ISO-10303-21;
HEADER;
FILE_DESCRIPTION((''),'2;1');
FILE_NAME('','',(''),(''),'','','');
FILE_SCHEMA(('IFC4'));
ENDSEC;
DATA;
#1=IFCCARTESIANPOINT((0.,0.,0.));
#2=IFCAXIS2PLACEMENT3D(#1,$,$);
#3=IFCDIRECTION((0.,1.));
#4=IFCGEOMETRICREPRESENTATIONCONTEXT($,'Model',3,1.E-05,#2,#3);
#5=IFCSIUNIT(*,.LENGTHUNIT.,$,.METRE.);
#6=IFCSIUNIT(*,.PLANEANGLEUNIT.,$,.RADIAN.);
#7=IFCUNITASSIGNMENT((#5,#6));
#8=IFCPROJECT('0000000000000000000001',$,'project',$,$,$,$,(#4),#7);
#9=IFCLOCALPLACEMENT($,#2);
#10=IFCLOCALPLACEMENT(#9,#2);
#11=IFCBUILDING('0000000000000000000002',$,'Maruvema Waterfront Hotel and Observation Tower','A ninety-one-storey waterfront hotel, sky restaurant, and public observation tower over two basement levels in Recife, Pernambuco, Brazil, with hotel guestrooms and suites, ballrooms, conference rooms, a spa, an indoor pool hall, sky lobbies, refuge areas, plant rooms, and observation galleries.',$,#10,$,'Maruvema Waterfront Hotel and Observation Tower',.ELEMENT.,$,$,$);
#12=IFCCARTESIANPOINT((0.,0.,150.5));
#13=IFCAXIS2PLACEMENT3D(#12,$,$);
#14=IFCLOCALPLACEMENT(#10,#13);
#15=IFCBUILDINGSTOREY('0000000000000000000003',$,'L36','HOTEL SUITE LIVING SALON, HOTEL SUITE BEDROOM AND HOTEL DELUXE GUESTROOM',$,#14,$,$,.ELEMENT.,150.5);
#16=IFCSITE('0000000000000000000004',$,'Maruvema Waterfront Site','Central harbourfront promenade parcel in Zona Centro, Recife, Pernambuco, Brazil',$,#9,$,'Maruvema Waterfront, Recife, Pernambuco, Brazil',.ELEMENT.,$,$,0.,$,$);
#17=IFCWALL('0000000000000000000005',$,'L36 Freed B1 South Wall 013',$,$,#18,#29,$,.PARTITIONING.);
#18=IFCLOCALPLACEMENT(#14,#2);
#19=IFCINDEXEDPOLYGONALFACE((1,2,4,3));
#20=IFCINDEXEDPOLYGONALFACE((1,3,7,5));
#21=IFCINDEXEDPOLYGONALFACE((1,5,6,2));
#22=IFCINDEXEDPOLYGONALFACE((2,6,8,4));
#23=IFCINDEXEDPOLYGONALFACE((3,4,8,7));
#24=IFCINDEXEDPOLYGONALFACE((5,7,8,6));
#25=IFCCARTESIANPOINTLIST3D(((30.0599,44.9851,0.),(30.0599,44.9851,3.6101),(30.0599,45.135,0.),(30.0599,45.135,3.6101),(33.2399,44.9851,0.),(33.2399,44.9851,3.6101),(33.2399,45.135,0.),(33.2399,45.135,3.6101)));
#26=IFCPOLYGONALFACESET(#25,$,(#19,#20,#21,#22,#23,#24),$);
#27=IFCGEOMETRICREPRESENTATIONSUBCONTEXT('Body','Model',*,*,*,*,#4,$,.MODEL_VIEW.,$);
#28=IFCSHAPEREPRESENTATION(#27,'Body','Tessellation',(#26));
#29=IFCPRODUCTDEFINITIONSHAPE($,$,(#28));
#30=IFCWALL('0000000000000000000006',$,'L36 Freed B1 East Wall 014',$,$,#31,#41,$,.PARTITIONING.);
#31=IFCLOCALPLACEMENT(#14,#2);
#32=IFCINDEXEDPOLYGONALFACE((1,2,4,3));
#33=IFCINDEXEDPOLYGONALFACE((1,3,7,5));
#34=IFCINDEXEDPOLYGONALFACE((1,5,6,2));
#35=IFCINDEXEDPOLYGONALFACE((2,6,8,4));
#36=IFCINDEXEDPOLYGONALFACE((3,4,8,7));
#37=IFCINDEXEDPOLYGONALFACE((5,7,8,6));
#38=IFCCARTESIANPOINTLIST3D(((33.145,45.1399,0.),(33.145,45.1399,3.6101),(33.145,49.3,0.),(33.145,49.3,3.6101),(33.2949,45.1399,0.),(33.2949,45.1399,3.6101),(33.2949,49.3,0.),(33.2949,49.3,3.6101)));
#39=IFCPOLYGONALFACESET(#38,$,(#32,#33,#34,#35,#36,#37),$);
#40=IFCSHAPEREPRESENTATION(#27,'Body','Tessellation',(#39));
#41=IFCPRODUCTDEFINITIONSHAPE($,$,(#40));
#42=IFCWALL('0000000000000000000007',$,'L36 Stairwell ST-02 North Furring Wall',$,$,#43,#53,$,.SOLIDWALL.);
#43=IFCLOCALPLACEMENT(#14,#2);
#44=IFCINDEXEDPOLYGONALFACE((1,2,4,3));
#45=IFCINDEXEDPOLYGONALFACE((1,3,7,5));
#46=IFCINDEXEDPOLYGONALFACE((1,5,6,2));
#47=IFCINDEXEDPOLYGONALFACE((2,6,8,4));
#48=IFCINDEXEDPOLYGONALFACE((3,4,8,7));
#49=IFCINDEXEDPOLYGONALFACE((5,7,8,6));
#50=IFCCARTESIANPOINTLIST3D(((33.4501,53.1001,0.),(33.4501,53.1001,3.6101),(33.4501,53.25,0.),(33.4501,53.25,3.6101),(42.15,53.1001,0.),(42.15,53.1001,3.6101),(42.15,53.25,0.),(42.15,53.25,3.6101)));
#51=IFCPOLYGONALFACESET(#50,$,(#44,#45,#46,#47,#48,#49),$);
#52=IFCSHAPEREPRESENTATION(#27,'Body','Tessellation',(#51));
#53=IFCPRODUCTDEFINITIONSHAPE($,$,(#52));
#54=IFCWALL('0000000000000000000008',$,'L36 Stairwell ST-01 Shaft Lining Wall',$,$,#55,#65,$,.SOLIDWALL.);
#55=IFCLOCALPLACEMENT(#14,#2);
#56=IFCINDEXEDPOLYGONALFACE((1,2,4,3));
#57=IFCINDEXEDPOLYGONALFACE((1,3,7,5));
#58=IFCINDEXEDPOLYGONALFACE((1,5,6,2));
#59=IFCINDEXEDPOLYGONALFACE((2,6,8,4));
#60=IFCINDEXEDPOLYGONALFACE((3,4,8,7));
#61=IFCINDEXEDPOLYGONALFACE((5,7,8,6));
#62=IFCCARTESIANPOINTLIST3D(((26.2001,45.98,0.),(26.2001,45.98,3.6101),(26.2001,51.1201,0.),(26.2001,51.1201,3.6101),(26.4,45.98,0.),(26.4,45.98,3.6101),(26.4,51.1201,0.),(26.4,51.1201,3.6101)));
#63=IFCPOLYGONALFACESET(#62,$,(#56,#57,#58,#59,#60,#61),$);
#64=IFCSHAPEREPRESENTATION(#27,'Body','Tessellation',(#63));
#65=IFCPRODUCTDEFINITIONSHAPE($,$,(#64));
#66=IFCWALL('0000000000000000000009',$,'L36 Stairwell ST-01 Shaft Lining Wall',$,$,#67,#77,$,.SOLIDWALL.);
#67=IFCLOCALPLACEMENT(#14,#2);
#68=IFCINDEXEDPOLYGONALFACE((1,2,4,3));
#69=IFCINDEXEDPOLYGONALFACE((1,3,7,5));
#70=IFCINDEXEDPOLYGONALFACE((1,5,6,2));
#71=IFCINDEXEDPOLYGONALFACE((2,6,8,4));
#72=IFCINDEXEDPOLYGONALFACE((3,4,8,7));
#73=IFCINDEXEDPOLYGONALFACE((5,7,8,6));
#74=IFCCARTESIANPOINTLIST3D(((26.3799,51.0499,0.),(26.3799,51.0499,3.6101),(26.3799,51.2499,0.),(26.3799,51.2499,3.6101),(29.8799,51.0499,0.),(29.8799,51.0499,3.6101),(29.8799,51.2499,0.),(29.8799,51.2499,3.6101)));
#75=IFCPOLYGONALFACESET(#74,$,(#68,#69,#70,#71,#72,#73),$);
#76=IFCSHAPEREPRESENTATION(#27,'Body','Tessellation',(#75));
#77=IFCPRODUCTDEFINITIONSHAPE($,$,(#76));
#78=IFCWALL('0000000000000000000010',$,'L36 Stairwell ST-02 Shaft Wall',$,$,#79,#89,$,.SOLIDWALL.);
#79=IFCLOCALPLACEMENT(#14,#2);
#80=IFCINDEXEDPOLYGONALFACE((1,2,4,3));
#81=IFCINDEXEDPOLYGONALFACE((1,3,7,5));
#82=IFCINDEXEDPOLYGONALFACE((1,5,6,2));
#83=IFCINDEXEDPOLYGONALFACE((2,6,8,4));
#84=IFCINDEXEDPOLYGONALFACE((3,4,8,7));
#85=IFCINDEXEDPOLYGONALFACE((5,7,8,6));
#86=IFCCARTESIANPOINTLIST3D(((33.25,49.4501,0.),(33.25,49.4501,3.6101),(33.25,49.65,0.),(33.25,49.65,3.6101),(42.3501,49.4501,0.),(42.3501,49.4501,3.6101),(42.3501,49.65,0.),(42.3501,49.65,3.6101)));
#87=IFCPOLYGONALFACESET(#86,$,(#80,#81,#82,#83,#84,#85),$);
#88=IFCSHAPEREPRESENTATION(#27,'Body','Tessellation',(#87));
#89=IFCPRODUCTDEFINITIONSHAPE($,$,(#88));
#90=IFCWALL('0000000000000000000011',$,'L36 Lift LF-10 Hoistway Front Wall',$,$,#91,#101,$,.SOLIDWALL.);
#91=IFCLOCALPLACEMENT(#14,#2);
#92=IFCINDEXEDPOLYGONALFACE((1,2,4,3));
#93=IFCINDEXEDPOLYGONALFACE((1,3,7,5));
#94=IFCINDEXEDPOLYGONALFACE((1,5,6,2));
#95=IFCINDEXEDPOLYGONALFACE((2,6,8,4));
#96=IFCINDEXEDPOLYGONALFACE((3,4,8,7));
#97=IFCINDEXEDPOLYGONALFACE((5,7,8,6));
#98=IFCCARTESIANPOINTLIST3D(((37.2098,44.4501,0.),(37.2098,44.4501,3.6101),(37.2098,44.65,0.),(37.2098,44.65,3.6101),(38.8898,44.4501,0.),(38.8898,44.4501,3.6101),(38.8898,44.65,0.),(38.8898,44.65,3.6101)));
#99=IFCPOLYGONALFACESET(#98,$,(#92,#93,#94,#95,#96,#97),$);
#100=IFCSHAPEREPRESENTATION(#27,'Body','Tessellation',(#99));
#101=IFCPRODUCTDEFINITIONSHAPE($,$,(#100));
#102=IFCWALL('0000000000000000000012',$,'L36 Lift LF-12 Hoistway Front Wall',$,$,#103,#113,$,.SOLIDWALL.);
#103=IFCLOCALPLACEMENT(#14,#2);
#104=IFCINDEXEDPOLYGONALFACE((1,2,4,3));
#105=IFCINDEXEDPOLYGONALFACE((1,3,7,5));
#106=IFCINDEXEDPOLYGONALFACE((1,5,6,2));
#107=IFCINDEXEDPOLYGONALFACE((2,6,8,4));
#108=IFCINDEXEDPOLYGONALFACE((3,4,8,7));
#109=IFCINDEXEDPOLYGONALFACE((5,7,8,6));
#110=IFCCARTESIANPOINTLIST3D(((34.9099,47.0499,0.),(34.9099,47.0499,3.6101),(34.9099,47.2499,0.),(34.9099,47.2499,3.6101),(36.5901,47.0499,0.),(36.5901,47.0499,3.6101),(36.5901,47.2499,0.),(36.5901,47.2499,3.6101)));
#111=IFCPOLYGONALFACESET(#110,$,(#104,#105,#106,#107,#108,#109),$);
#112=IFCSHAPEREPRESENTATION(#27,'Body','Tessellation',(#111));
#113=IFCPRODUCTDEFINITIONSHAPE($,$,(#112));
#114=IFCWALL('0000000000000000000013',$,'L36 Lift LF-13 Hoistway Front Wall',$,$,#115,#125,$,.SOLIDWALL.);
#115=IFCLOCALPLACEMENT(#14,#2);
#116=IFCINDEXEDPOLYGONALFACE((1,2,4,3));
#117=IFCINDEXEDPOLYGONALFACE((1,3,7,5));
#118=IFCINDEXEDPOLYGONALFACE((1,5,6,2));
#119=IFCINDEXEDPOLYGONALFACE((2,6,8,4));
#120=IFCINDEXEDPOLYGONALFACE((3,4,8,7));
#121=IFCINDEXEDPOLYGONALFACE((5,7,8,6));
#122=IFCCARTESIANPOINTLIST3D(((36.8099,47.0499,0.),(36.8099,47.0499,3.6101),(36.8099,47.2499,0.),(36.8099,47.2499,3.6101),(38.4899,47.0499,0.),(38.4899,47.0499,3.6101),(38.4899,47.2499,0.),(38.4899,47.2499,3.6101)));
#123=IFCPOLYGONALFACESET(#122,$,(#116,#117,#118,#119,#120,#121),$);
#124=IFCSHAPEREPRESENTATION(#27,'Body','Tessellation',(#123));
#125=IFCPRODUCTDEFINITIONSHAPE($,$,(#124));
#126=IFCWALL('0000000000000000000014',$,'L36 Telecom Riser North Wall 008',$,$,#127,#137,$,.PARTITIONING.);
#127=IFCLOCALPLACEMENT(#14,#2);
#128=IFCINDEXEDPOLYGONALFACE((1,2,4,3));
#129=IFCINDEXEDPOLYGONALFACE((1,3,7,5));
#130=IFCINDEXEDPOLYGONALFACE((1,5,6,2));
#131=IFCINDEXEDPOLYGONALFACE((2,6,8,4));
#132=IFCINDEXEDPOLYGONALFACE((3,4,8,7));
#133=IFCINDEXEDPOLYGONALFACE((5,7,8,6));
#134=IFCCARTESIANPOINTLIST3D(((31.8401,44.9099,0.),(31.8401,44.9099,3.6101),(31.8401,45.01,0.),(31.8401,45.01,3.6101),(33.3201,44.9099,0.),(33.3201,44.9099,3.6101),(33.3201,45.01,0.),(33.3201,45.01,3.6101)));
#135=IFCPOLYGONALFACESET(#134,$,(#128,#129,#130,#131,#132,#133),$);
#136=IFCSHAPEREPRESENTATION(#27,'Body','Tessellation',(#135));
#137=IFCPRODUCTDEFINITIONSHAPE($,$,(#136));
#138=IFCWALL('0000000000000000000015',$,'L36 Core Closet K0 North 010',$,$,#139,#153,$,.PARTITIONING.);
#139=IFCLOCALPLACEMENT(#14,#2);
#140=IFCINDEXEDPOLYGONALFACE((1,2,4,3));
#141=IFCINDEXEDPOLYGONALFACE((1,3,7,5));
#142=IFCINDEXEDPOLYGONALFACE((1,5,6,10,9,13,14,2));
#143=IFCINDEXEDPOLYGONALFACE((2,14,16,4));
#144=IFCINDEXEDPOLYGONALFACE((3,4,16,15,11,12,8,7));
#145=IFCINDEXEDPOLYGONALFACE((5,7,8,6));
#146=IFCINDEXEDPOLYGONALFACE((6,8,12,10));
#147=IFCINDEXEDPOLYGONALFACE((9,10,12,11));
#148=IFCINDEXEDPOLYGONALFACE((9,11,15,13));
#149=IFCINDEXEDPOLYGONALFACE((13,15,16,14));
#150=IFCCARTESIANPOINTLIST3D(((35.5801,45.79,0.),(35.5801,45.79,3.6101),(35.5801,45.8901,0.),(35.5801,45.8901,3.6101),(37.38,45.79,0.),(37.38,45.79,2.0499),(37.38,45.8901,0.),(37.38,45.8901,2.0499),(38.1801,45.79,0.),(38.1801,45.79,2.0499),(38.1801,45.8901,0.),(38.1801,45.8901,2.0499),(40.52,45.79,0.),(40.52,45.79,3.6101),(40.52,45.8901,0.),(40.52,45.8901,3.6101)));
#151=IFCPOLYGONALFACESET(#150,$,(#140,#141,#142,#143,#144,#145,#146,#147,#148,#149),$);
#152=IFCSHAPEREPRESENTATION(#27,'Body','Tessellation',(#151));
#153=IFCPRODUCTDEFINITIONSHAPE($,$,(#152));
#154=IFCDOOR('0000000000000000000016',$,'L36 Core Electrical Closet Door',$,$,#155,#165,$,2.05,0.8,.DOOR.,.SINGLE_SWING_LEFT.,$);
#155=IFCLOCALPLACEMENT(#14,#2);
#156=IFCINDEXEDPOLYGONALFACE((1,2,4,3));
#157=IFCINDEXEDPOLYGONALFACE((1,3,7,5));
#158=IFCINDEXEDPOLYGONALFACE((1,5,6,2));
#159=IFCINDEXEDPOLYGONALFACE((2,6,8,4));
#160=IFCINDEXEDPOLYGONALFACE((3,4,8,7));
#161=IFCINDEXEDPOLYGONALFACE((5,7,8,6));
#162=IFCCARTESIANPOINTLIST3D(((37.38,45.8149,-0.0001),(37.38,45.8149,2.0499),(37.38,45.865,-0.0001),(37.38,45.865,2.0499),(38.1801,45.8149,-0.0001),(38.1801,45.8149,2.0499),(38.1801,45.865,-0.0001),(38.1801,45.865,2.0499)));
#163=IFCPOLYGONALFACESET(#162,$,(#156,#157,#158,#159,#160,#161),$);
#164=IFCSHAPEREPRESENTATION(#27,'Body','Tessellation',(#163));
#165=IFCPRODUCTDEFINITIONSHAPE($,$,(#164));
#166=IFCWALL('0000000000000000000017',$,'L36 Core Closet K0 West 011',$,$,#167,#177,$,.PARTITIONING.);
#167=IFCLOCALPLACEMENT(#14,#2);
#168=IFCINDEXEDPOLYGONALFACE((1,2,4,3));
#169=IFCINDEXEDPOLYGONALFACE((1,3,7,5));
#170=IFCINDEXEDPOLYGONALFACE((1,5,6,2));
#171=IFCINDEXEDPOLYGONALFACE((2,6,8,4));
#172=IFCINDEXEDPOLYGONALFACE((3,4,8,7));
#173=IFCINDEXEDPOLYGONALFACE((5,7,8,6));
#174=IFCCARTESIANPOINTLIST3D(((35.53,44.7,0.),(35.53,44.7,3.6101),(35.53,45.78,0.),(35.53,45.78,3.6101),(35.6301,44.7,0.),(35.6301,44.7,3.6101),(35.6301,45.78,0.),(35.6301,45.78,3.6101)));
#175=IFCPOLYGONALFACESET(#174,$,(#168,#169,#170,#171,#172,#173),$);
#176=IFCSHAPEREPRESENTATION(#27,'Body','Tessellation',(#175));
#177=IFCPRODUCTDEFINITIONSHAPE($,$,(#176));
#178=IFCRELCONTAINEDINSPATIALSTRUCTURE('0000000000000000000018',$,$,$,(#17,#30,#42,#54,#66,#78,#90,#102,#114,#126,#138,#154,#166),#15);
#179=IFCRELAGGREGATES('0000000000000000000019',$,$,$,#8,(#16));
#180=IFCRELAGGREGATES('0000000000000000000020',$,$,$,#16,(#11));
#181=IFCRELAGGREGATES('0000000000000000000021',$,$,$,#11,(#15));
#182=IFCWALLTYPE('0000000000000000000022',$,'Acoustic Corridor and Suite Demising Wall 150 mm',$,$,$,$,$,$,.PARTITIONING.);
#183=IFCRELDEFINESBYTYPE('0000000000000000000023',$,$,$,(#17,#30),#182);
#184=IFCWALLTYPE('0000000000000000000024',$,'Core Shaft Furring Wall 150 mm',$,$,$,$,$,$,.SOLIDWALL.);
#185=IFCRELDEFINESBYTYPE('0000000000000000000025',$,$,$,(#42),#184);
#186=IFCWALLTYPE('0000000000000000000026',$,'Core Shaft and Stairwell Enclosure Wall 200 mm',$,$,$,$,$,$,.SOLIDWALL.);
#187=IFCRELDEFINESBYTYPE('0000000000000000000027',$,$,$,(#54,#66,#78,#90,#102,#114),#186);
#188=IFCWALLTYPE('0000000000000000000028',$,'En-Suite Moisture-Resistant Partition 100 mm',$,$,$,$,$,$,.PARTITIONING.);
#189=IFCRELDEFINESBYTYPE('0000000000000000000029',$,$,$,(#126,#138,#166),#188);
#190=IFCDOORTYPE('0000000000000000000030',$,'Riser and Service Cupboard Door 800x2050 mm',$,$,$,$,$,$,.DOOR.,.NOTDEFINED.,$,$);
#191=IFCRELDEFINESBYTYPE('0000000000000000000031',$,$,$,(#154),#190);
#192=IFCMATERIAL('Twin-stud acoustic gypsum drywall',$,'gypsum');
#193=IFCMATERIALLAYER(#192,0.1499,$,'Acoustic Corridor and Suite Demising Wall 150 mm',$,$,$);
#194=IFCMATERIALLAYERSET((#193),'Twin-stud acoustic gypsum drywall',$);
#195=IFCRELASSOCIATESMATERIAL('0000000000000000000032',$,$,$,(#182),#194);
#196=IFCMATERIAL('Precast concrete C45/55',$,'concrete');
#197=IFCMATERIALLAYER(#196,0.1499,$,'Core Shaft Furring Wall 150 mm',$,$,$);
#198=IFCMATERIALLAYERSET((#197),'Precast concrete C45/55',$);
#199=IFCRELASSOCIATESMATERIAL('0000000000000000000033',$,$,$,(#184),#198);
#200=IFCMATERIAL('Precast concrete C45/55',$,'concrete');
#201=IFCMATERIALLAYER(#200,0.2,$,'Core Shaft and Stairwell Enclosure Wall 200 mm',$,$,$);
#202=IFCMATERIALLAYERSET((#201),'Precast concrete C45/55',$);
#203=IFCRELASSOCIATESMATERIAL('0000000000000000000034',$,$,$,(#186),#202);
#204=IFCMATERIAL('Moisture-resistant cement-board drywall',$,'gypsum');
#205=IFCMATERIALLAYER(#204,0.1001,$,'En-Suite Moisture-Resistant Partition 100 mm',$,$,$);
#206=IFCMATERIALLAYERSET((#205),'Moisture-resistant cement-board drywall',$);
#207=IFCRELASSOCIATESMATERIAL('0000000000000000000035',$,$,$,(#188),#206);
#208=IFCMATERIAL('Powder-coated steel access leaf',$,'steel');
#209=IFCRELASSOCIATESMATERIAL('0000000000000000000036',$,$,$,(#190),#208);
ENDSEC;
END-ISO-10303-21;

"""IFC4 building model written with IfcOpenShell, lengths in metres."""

from ifc_helpers import new_model, si_unit, direction, frame, frame_2d, origin, place, context, subcontext, project, spatial, rectangle, extrude, material, layer, layer_set, type_object, element, fill, save


model = new_model("IFC4")

# Units and contexts
model_context = context("Model", 3, precision=1e-05, world=origin(), true_north=direction((0.0, 1.0)))
body_context = subcontext(model_context, "Body", "Model", "MODEL_VIEW")
ifc_project = project(units=[si_unit("LENGTHUNIT", "METRE"), si_unit("PLANEANGLEUNIT", "RADIAN")], contexts=[model_context])

# Site, building, storey
site_placement = place(None, origin())
site = spatial("IfcSite", under=ifc_project, at=site_placement, Name="Maruvema Waterfront Site", Description="Central harbourfront promenade parcel in Zona Centro, Recife, Pernambuco, Brazil", LongName="Maruvema Waterfront, Recife, Pernambuco, Brazil", CompositionType="ELEMENT", RefElevation=0.0)
building_placement = place(site_placement, origin())
building = spatial("IfcBuilding", under=site, at=building_placement, Name="Maruvema Waterfront Hotel and Observation Tower", Description="A ninety-one-storey waterfront hotel, sky restaurant, and public observation tower over two basement levels in Recife, Pernambuco, Brazil, with hotel guestrooms and suites, ballrooms, conference rooms, a spa, an indoor pool hall, sky lobbies, refuge areas, plant rooms, and observation galleries.", LongName="Maruvema Waterfront Hotel and Observation Tower", CompositionType="ELEMENT")
storey_placement = place(building_placement, frame((0.0, 0.0, 150.5)))
storey = spatial("IfcBuildingStorey", under=building, at=storey_placement, Name="L36", Description="HOTEL SUITE LIVING SALON, HOTEL SUITE BEDROOM AND HOTEL DELUXE GUESTROOM", CompositionType="ELEMENT", Elevation=150.5)

# Walls
ifc_material_1 = material(Name="Twin-stud acoustic gypsum drywall", Category="gypsum")
ifc_layer_1 = layer(ifc_material_1, 0.1499, Name="Acoustic Corridor and Suite Demising Wall 150 mm")
ifc_layer_set_1 = layer_set([ifc_layer_1], Name="Twin-stud acoustic gypsum drywall")
wall_type_1 = type_object("IfcWallType", Name="Acoustic Corridor and Suite Demising Wall 150 mm", PredefinedType="PARTITIONING", material=ifc_layer_set_1)
wall_1_placement = place(storey_placement, frame((30.0601, 45.0601, 0.0), z_axis=(0.0, 0.0, 1.0), x_axis=(1.0, 0.0, 0.0)))
element("IfcWall", 1, at=wall_1_placement, inside=storey, type_object=wall_type_1, Name="L36 Freed B1 South Wall 013", PredefinedType="PARTITIONING", context=body_context, shape_type="SweptSolid", body=[
    extrude(rectangle(XDim=3.1799, YDim=0.1499, at=frame_2d((1.5898, 0.0))), origin(), (0.0, 0.0, 1.0), 3.6101),
])
wall_2_placement = place(storey_placement, frame((33.22, 45.1399, 0.0), z_axis=(0.0, 0.0, 1.0), x_axis=(0.0, 1.0, 0.0)))
element("IfcWall", 2, at=wall_2_placement, inside=storey, type_object=wall_type_1, Name="L36 Freed B1 East Wall 014", PredefinedType="PARTITIONING", context=body_context, shape_type="SweptSolid", body=[
    extrude(rectangle(XDim=4.1602, YDim=0.1499, at=frame_2d((2.0801, 0.0))), origin(), (0.0, 0.0, 1.0), 3.6101),
])
ifc_material_2 = material(Name="Precast concrete C45/55", Category="concrete")
ifc_layer_2 = layer(ifc_material_2, 0.1499, Name="Core Shaft Furring Wall 150 mm")
ifc_layer_set_2 = layer_set([ifc_layer_2], Name="Precast concrete C45/55")
wall_type_2 = type_object("IfcWallType", Name="Core Shaft Furring Wall 150 mm", PredefinedType="SOLIDWALL", material=ifc_layer_set_2)
wall_3_placement = place(storey_placement, frame((33.45, 53.175, 0.0), z_axis=(0.0, 0.0, 1.0), x_axis=(1.0, 0.0, 0.0)))
element("IfcWall", 3, at=wall_3_placement, inside=storey, type_object=wall_type_2, Name="L36 Stairwell ST-02 North Furring Wall", PredefinedType="SOLIDWALL", context=body_context, shape_type="SweptSolid", body=[
    extrude(rectangle(XDim=8.7, YDim=0.1499, at=frame_2d((4.3501, 0.0))), origin(), (0.0, 0.0, 1.0), 3.6101),
])
ifc_material_3 = material(Name="Precast concrete C45/55", Category="concrete")
ifc_layer_3 = layer(ifc_material_3, 0.2, Name="Core Shaft and Stairwell Enclosure Wall 200 mm")
ifc_layer_set_3 = layer_set([ifc_layer_3], Name="Precast concrete C45/55")
wall_type_3 = type_object("IfcWallType", Name="Core Shaft and Stairwell Enclosure Wall 200 mm", PredefinedType="SOLIDWALL", material=ifc_layer_set_3)
wall_4_placement = place(storey_placement, frame((26.3, 45.98, 0.0), z_axis=(0.0, 0.0, 1.0), x_axis=(0.0, 1.0, 0.0)))
element("IfcWall", 4, at=wall_4_placement, inside=storey, type_object=wall_type_3, Name="L36 Stairwell ST-01 Shaft Lining Wall", PredefinedType="SOLIDWALL", context=body_context, shape_type="SweptSolid", body=[
    extrude(rectangle(XDim=5.1401, YDim=0.2, at=frame_2d((2.5701, 0.0))), origin(), (0.0, 0.0, 1.0), 3.6101),
])
wall_5_placement = place(storey_placement, frame((26.3799, 51.1499, 0.0), z_axis=(0.0, 0.0, 1.0), x_axis=(1.0, 0.0, 0.0)))
element("IfcWall", 5, at=wall_5_placement, inside=storey, type_object=wall_type_3, Name="L36 Stairwell ST-01 Shaft Lining Wall", PredefinedType="SOLIDWALL", context=body_context, shape_type="SweptSolid", body=[
    extrude(rectangle(XDim=3.5, YDim=0.2, at=frame_2d((1.75, 0.0))), origin(), (0.0, 0.0, 1.0), 3.6101),
])
wall_6_placement = place(storey_placement, frame((33.25, 49.55, 0.0), z_axis=(0.0, 0.0, 1.0), x_axis=(1.0, 0.0, 0.0)))
element("IfcWall", 6, at=wall_6_placement, inside=storey, type_object=wall_type_3, Name="L36 Stairwell ST-02 Shaft Wall", PredefinedType="SOLIDWALL", context=body_context, shape_type="SweptSolid", body=[
    extrude(rectangle(XDim=9.1001, YDim=0.2, at=frame_2d((4.55, 0.0))), origin(), (0.0, 0.0, 1.0), 3.6101),
])

# Walls
wall_7_placement = place(storey_placement, frame((37.21, 44.55, 0.0), z_axis=(0.0, 0.0, 1.0), x_axis=(1.0, 0.0, 0.0)))
element("IfcWall", 7, at=wall_7_placement, inside=storey, type_object=wall_type_3, Name="L36 Lift LF-10 Hoistway Front Wall", PredefinedType="SOLIDWALL", context=body_context, shape_type="SweptSolid", body=[
    extrude(rectangle(XDim=1.6799, YDim=0.2, at=frame_2d((0.8398, 0.0))), origin(), (0.0, 0.0, 1.0), 3.6101),
])
wall_8_placement = place(storey_placement, frame((34.9099, 47.1499, 0.0), z_axis=(0.0, 0.0, 1.0), x_axis=(1.0, 0.0, 0.0)))
element("IfcWall", 8, at=wall_8_placement, inside=storey, type_object=wall_type_3, Name="L36 Lift LF-12 Hoistway Front Wall", PredefinedType="SOLIDWALL", context=body_context, shape_type="SweptSolid", body=[
    extrude(rectangle(XDim=1.6802, YDim=0.2, at=frame_2d((0.8401, 0.0))), origin(), (0.0, 0.0, 1.0), 3.6101),
])
wall_9_placement = place(storey_placement, frame((36.8101, 47.1499, 0.0), z_axis=(0.0, 0.0, 1.0), x_axis=(1.0, 0.0, 0.0)))
element("IfcWall", 9, at=wall_9_placement, inside=storey, type_object=wall_type_3, Name="L36 Lift LF-13 Hoistway Front Wall", PredefinedType="SOLIDWALL", context=body_context, shape_type="SweptSolid", body=[
    extrude(rectangle(XDim=1.6799, YDim=0.2, at=frame_2d((0.8398, 0.0))), origin(), (0.0, 0.0, 1.0), 3.6101),
])
ifc_material_4 = material(Name="Moisture-resistant cement-board drywall", Category="gypsum")
ifc_layer_4 = layer(ifc_material_4, 0.1001, Name="En-Suite Moisture-Resistant Partition 100 mm")
ifc_layer_set_4 = layer_set([ifc_layer_4], Name="Moisture-resistant cement-board drywall")
wall_type_4 = type_object("IfcWallType", Name="En-Suite Moisture-Resistant Partition 100 mm", PredefinedType="PARTITIONING", material=ifc_layer_set_4)
wall_10_placement = place(storey_placement, frame((31.8401, 44.96, 0.0), z_axis=(0.0, 0.0, 1.0), x_axis=(1.0, 0.0, 0.0)))
element("IfcWall", 10, at=wall_10_placement, inside=storey, type_object=wall_type_4, Name="L36 Telecom Riser North Wall 008", PredefinedType="PARTITIONING", context=body_context, shape_type="SweptSolid", body=[
    extrude(rectangle(XDim=1.48, YDim=0.1001, at=frame_2d((0.74, 0.0))), origin(), (0.0, 0.0, 1.0), 3.6101),
])

# Wall, opening, door
wall_11_placement = place(storey_placement, frame((35.5801, 45.8401, 0.0), z_axis=(0.0, 0.0, 1.0), x_axis=(1.0, 0.0, 0.0)))
wall_11 = element("IfcWall", 11, at=wall_11_placement, inside=storey, type_object=wall_type_4, Name="L36 Core Closet K0 North 010", PredefinedType="PARTITIONING", context=body_context, shape_type="SweptSolid", body=[
    extrude(rectangle(XDim=4.9399, YDim=0.1001, at=frame_2d((2.47, 0.0))), origin(), (0.0, 0.0, 1.0), 3.6101),
])
opening_1_placement = place(wall_11_placement, frame((1.8, 0.0, 0.0)))
opening_1 = element("IfcOpeningElement", 12, at=opening_1_placement, cuts=wall_11, PredefinedType="OPENING", context=body_context, shape_type="SweptSolid", body=[
    extrude(rectangle(XDim=0.8, YDim=2.05, at=frame_2d((0.3999, 1.0249))), frame((0.0, 0.0601, 0.0), z_axis=(0.0, -1.0, 0.0), x_axis=(1.0, 0.0, 0.0)), (0.0, 0.0, 1.0), 0.1201),
])
ifc_material_5 = material(Name="Powder-coated steel access leaf", Category="steel")
door_type_1 = type_object("IfcDoorType", Name="Riser and Service Cupboard Door 800x2050 mm", OperationType="NOTDEFINED", PredefinedType="DOOR", material=ifc_material_5)
door_1_placement = place(opening_1_placement, origin())
door_1 = element("IfcDoor", 13, at=door_1_placement, inside=storey, type_object=door_type_1, Name="L36 Core Electrical Closet Door", OperationType="SINGLE_SWING_LEFT", OverallHeight=2.05, OverallWidth=0.8, PredefinedType="DOOR", context=body_context, shape_type="SweptSolid", body=[
    extrude(rectangle(XDim=0.8, YDim=2.05, at=frame_2d((0.3999, 1.0249))), frame((0.0, 0.0249, 0.0), z_axis=(0.0, -1.0, 0.0), x_axis=(1.0, 0.0, 0.0)), (0.0, 0.0, 1.0), 0.05),
])
fill(opening_1, door_1)

# Wall
wall_12_placement = place(storey_placement, frame((35.5801, 44.7, 0.0), z_axis=(0.0, 0.0, 1.0), x_axis=(0.0, 1.0, 0.0)))
element("IfcWall", 14, at=wall_12_placement, inside=storey, type_object=wall_type_4, Name="L36 Core Closet K0 West 011", PredefinedType="PARTITIONING", context=body_context, shape_type="SweptSolid", body=[
    extrude(rectangle(XDim=1.0801, YDim=0.1001, at=frame_2d((0.54, 0.0))), origin(), (0.0, 0.0, 1.0), 3.6101),
])

save(model, "model.ifc")
